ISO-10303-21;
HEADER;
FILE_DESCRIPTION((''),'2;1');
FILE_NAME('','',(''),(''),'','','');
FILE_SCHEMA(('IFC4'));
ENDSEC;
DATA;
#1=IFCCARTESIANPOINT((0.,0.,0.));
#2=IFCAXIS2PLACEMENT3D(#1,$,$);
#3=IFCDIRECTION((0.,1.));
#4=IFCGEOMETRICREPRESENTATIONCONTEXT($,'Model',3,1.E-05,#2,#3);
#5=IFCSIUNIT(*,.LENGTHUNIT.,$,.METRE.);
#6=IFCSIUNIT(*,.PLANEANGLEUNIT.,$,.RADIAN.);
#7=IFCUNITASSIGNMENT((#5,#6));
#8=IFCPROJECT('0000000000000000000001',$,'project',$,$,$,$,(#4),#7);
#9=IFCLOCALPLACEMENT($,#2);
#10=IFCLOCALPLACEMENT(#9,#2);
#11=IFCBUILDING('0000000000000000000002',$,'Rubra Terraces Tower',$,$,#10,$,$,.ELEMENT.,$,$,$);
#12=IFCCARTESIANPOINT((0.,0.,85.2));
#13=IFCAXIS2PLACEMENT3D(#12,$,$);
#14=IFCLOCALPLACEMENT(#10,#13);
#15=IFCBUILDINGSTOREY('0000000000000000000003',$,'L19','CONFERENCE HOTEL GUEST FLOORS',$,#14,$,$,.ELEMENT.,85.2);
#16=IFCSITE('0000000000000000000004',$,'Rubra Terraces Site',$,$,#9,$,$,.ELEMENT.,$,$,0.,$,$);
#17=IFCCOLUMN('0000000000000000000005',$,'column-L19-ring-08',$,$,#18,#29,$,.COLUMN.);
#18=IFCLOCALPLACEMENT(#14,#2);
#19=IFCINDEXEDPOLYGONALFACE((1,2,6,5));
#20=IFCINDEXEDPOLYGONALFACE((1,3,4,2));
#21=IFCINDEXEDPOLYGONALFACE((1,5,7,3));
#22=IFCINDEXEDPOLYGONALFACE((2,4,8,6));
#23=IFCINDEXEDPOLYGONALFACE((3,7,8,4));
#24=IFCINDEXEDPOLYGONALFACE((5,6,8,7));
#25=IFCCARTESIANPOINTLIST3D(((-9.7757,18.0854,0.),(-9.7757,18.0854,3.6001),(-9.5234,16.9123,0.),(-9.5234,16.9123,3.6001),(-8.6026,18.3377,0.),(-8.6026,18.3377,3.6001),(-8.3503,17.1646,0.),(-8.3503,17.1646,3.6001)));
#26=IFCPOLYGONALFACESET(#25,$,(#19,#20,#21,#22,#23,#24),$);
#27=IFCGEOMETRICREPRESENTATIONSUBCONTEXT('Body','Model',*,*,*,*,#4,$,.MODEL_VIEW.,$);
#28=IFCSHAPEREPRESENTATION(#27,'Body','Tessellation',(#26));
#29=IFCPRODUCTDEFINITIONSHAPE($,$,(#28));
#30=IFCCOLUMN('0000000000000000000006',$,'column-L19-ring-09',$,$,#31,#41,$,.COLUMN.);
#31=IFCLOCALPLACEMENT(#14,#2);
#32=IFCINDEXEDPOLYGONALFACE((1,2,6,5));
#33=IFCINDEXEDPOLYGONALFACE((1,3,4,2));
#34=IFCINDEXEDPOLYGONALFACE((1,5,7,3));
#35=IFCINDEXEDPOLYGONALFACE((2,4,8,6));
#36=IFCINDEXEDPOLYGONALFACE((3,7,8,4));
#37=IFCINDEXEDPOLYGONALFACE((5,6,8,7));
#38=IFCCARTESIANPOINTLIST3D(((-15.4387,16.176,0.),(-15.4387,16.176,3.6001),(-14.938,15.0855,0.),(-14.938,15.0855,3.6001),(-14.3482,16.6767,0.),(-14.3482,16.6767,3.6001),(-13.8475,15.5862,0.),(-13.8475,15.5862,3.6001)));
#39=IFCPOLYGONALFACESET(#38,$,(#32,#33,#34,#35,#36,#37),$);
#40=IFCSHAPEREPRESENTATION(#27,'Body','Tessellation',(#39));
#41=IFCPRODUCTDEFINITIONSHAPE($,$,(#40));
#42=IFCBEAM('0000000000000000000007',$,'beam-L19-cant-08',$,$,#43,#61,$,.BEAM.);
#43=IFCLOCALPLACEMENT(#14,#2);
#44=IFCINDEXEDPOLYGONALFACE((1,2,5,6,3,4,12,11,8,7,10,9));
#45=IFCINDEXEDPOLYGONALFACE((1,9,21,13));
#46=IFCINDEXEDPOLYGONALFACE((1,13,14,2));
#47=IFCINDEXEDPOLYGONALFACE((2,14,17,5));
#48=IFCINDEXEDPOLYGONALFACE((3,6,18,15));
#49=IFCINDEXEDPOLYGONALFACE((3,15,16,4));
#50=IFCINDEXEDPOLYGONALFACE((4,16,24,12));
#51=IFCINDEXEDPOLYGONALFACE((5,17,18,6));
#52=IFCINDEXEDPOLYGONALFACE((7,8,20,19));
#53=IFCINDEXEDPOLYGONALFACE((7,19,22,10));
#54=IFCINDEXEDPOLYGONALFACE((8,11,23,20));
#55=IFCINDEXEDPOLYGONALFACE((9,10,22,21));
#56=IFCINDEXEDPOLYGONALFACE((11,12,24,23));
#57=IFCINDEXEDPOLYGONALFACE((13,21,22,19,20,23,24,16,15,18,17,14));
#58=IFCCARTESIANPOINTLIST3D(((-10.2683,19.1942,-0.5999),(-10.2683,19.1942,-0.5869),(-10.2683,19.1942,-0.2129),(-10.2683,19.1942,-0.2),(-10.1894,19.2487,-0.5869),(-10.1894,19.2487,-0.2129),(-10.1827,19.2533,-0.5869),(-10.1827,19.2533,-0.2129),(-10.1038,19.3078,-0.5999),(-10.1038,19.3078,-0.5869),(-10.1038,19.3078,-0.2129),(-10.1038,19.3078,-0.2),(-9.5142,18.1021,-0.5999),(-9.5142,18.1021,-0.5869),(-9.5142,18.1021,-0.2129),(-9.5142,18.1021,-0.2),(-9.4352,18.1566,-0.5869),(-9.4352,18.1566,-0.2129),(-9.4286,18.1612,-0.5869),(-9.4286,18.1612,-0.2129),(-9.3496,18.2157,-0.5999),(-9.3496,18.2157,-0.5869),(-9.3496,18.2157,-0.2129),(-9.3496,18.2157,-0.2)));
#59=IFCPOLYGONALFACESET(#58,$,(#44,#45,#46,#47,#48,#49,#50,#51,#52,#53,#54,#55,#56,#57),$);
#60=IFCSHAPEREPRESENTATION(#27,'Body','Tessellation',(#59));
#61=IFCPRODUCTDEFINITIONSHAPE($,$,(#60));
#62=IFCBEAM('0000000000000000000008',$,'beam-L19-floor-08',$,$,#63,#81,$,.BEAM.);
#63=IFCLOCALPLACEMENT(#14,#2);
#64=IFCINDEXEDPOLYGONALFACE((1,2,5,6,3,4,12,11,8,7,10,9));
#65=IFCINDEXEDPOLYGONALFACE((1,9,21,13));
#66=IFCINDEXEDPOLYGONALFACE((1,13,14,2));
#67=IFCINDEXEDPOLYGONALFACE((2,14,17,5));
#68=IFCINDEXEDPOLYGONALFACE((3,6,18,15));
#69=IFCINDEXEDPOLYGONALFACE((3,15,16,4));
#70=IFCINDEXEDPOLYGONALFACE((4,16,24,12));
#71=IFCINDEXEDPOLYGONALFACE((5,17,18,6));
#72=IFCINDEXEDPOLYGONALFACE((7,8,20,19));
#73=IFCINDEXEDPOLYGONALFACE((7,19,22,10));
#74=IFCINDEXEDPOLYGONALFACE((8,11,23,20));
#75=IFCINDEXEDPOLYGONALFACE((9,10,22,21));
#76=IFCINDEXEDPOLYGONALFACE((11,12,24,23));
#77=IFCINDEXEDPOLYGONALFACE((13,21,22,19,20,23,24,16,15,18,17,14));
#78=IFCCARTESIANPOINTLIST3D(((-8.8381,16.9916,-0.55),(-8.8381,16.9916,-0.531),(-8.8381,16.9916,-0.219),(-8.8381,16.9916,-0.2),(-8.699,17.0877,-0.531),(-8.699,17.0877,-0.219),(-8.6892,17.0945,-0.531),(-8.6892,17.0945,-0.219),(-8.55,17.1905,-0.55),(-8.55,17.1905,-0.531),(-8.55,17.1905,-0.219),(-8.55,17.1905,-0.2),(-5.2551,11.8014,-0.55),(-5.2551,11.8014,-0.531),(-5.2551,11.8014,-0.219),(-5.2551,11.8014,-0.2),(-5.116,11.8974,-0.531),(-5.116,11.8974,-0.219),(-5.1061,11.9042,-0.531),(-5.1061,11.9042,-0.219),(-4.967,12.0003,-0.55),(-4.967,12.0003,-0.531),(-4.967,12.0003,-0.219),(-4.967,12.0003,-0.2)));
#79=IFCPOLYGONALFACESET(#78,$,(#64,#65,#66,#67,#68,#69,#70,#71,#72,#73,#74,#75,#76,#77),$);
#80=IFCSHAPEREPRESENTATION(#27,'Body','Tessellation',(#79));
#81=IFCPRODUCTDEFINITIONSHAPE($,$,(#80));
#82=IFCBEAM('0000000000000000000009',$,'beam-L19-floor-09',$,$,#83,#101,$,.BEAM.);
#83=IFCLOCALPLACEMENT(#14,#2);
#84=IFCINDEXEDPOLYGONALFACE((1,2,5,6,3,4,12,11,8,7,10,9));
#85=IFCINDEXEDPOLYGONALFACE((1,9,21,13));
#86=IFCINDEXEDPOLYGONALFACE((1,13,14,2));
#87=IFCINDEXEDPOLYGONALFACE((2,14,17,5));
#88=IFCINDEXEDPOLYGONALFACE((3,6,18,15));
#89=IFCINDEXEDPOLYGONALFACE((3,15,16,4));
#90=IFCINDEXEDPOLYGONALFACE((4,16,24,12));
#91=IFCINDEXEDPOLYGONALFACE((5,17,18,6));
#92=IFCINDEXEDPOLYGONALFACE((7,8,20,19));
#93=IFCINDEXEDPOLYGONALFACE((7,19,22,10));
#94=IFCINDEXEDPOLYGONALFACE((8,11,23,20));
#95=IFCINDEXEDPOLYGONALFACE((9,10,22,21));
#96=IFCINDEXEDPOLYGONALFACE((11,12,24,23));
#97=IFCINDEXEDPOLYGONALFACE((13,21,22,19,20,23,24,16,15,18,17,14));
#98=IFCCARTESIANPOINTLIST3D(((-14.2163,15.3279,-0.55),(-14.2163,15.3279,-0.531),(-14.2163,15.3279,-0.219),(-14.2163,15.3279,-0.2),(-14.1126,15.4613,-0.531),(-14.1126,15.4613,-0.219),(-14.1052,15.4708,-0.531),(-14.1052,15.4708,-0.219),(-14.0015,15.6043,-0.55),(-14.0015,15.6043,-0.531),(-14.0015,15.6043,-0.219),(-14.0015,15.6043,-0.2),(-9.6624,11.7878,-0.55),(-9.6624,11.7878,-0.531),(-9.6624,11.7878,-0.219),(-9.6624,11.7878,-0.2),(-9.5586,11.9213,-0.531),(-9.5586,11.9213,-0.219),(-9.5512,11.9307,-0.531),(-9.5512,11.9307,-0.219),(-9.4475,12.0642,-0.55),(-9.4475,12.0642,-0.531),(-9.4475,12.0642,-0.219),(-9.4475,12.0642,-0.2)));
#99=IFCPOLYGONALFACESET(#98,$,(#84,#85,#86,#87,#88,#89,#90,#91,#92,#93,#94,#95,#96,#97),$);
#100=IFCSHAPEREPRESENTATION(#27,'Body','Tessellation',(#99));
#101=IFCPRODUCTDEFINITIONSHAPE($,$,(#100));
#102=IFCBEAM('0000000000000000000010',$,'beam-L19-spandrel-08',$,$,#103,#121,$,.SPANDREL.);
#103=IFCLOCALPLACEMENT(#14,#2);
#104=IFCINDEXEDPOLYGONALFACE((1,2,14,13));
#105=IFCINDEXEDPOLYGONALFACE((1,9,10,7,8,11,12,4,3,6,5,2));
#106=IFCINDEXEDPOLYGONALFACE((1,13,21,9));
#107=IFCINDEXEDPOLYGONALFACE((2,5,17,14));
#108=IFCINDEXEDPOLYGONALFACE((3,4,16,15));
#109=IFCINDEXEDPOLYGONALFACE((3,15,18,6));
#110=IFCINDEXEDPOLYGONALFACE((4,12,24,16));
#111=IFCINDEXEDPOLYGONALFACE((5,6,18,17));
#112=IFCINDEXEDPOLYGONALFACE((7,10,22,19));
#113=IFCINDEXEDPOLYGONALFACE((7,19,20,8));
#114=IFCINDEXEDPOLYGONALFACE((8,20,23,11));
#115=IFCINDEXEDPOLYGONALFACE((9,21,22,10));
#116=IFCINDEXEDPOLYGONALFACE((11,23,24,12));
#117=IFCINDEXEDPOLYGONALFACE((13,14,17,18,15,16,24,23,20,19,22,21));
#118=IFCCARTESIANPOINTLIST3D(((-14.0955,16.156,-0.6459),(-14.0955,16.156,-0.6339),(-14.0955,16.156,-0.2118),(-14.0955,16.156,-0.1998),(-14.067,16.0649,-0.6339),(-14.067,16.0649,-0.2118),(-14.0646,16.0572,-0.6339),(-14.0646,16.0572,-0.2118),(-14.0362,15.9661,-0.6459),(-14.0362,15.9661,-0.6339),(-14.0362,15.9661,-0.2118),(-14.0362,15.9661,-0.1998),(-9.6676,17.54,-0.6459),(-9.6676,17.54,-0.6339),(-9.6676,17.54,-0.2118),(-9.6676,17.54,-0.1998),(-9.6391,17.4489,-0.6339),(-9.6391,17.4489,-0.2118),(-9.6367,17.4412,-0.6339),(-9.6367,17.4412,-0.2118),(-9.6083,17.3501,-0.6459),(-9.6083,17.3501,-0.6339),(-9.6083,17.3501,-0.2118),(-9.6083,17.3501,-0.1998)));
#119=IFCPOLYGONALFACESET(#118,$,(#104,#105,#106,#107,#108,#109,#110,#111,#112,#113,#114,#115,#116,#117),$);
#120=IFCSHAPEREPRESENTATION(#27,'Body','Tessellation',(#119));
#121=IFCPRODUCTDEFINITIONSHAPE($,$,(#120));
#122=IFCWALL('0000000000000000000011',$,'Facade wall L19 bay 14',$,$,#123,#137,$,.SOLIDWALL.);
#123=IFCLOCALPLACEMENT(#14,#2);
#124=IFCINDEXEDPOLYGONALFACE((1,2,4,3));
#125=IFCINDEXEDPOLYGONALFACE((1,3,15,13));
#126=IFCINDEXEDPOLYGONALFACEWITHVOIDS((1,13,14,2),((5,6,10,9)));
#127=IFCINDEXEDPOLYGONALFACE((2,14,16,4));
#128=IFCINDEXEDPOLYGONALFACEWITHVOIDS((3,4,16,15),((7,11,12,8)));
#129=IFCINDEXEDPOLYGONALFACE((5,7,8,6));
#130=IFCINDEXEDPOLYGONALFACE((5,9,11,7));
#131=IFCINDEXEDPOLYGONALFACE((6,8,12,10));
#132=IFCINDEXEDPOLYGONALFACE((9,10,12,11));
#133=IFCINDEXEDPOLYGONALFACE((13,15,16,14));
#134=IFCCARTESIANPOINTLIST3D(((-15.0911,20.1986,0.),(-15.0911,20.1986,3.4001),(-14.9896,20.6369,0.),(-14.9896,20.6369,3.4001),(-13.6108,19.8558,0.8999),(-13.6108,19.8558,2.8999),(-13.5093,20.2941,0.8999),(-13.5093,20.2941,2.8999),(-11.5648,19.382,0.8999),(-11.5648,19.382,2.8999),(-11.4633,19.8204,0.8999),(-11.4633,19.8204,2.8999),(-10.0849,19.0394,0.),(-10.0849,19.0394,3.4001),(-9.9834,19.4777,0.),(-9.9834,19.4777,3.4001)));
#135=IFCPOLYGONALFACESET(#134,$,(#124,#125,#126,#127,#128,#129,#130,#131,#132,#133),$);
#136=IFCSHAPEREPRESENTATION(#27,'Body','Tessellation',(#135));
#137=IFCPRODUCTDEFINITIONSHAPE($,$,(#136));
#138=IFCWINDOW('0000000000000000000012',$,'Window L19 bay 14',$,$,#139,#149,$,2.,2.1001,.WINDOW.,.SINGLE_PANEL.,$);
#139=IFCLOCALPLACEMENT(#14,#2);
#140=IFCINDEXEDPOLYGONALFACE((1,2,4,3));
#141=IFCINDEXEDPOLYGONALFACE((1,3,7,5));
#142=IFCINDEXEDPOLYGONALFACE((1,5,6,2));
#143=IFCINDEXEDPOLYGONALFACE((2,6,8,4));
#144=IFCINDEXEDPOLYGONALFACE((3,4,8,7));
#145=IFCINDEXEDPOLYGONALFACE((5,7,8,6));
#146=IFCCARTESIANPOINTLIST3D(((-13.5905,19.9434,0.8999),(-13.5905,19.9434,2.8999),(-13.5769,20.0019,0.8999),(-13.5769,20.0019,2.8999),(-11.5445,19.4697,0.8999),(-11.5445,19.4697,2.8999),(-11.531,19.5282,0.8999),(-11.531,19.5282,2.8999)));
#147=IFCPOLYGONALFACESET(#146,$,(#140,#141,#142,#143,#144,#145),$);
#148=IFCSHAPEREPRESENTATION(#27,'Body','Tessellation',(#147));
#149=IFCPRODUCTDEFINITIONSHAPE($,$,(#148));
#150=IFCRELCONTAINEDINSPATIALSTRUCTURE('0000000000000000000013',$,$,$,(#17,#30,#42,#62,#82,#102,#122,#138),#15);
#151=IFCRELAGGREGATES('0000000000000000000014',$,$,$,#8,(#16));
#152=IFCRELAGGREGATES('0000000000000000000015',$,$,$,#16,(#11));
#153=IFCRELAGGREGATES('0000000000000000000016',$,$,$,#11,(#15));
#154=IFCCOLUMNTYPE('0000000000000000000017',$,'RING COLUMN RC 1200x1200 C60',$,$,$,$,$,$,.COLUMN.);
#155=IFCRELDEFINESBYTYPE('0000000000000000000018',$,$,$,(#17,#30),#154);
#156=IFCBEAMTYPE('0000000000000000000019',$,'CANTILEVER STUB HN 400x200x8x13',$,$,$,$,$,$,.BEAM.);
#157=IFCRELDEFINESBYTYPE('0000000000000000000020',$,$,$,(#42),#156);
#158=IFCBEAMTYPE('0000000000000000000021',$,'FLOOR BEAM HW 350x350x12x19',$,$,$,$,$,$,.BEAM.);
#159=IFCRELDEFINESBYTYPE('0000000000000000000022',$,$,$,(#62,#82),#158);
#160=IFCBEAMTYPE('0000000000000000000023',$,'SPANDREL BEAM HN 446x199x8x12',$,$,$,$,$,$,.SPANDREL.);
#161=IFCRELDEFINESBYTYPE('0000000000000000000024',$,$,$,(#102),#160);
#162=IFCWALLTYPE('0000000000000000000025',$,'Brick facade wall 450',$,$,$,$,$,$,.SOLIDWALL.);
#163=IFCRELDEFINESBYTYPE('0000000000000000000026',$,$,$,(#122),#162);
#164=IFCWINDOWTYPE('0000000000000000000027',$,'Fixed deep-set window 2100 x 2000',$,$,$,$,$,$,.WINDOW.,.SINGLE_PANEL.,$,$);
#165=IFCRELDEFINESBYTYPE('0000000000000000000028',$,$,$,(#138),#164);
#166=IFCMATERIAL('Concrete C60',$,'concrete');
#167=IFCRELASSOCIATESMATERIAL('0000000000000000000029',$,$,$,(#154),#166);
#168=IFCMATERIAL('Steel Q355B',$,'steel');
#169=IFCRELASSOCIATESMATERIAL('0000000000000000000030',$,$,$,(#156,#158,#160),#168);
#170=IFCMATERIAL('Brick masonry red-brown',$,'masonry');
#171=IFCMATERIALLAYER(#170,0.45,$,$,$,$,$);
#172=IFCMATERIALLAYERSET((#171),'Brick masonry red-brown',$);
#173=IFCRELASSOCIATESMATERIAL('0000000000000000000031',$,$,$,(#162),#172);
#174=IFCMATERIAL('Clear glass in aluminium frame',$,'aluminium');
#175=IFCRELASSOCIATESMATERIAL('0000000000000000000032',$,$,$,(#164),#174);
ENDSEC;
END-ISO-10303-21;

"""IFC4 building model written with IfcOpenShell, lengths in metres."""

from ifc_helpers import new_model, si_unit, direction, frame, frame_2d, origin, origin_2d, place, context, subcontext, project, spatial, rectangle, i_section, extrude, material, layer, layer_set, material_profile, profile_set, type_object, element, fill, save


model = new_model("IFC4")

# Units and contexts
model_context = context("Model", 3, precision=1e-05, world=origin(), true_north=direction((0.0, 1.0)))
body_context = subcontext(model_context, "Body", "Model", "MODEL_VIEW")
ifc_project = project(units=[si_unit("LENGTHUNIT", "METRE"), si_unit("PLANEANGLEUNIT", "RADIAN")], contexts=[model_context])

# Site, building, storey
site_placement = place(None, origin())
site = spatial("IfcSite", under=ifc_project, at=site_placement, Name="Rubra Terraces Site", CompositionType="ELEMENT", RefElevation=0.0)
building_placement = place(site_placement, origin())
building = spatial("IfcBuilding", under=site, at=building_placement, Name="Rubra Terraces Tower", CompositionType="ELEMENT")
storey_placement = place(building_placement, frame((0.0, 0.0, 85.2)))
storey = spatial("IfcBuildingStorey", under=building, at=storey_placement, Name="L19", Description="CONFERENCE HOTEL GUEST FLOORS", CompositionType="ELEMENT", Elevation=85.2)

# Columns
ifc_material_1 = material(Name="Concrete C60", Category="concrete")
ifc_material_profile_1 = material_profile(ifc_material_1, rectangle(XDim=1.2, YDim=1.2, at=origin_2d()), Name="RC 1200x1200")
ifc_profile_set_1 = profile_set([ifc_material_profile_1], Name="Concrete C60")
column_type = type_object("IfcColumnType", Name="RING COLUMN RC 1200x1200 C60", PredefinedType="COLUMN", material=ifc_profile_set_1)
for number, where, z_axis, x_axis, name in (
    (1, (-9.063, 17.625, 0.0), (0.0, 0.0, 1.0), (-0.977653, -0.210227, 0.0), "column-L19-ring-08"),
    (2, (-14.6431, 15.8811, 0.0), (0.0, 0.0, 1.0), (-0.908779, -0.417279, 0.0), "column-L19-ring-09"),
):
    element("IfcColumn", number, at=place(storey_placement, frame(where, z_axis=z_axis, x_axis=x_axis)), inside=storey, type_object=column_type, Name=name, PredefinedType="COLUMN", context=body_context, shape_type="SweptSolid", body=[
        extrude(rectangle(XDim=1.2, YDim=1.2, at=origin_2d()), origin(), (0.0, 0.0, 1.0), 3.6001),
    ])

# Beams
ifc_material_2 = material(Name="Steel Q355B", Category="steel")
ifc_material_profile_2 = material_profile(ifc_material_2, i_section(OverallWidth=0.2, OverallDepth=0.3999, WebThickness=0.0081, FlangeThickness=0.0129, at=origin_2d()), Name="HN 400x200x8x13")
ifc_profile_set_2 = profile_set([ifc_material_profile_2], Name="Steel Q355B")
beam_type_1 = type_object("IfcBeamType", Name="CANTILEVER STUB HN 400x200x8x13", PredefinedType="BEAM", material=ifc_profile_set_2)
beam_1_placement = place(storey_placement, frame((-9.4319, 18.1589, -0.3999), z_axis=(-0.568253, 0.822854, 0.0), x_axis=(-0.822854, -0.568253, 0.0)))
element("IfcBeam", 3, at=beam_1_placement, inside=storey, type_object=beam_type_1, Name="beam-L19-cant-08", PredefinedType="BEAM", context=body_context, shape_type="SweptSolid", body=[
    extrude(i_section(OverallWidth=0.2, OverallDepth=0.3999, WebThickness=0.0081, FlangeThickness=0.0129, at=origin_2d()), origin(), (0.0, 0.0, 1.0), 1.3271),
])
ifc_material_profile_3 = material_profile(ifc_material_2, i_section(OverallWidth=0.3501, OverallDepth=0.3501, WebThickness=0.012, FlangeThickness=0.019, at=origin_2d()), Name="HW 350x350x12x19")
ifc_profile_set_3 = profile_set([ifc_material_profile_3], Name="Steel Q355B")
beam_type_2 = type_object("IfcBeamType", Name="FLOOR BEAM HW 350x350x12x19", PredefinedType="BEAM", material=ifc_profile_set_3)
beam_2_placement = place(storey_placement, frame((-8.6941, 17.0911, -0.375), z_axis=(0.568116, -0.822948, 0.0), x_axis=(0.822948, 0.568116, 0.0)))
element("IfcBeam", 4, at=beam_2_placement, inside=storey, type_object=beam_type_2, Name="beam-L19-floor-08", PredefinedType="BEAM", context=body_context, shape_type="SweptSolid", body=[
    extrude(i_section(OverallWidth=0.3501, OverallDepth=0.3501, WebThickness=0.012, FlangeThickness=0.019, at=origin_2d()), origin(), (0.0, 0.0, 1.0), 6.3069),
])
beam_3_placement = place(storey_placement, frame((-14.1089, 15.4661, -0.375), z_axis=(0.789514, -0.613733, 0.0), x_axis=(0.613733, 0.789514, 0.0)))
element("IfcBeam", 5, at=beam_3_placement, inside=storey, type_object=beam_type_2, Name="beam-L19-floor-09", PredefinedType="BEAM", context=body_context, shape_type="SweptSolid", body=[
    extrude(i_section(OverallWidth=0.3501, OverallDepth=0.3501, WebThickness=0.012, FlangeThickness=0.019, at=origin_2d()), origin(), (0.0, 0.0, 1.0), 5.7681),
])
ifc_material_profile_4 = material_profile(ifc_material_2, i_section(OverallWidth=0.199, OverallDepth=0.446, WebThickness=0.0081, FlangeThickness=0.012, at=origin_2d()), Name="HN 446x199x8x12")
ifc_profile_set_4 = profile_set([ifc_material_profile_4], Name="Steel Q355B")
beam_type_3 = type_object("IfcBeamType", Name="SPANDREL BEAM HN 446x199x8x12", PredefinedType="SPANDREL", material=ifc_profile_set_4)
beam_4_placement = place(storey_placement, frame((-9.6379, 17.4451, -0.4229), z_axis=(-0.954462, -0.298332, 0.0), x_axis=(0.298332, -0.954462, 0.0)))
element("IfcBeam", 6, at=beam_4_placement, inside=storey, type_object=beam_type_3, Name="beam-L19-spandrel-08", PredefinedType="SPANDREL", context=body_context, shape_type="SweptSolid", body=[
    extrude(i_section(OverallWidth=0.199, OverallDepth=0.446, WebThickness=0.0081, FlangeThickness=0.012, at=origin_2d()), origin(), (0.0, 0.0, 1.0), 4.6392),
])

# Wall, opening, window
ifc_material_3 = material(Name="Brick masonry red-brown", Category="masonry")
ifc_layer_1 = layer(ifc_material_3, 0.45)
ifc_layer_set_1 = layer_set([ifc_layer_1], Name="Brick masonry red-brown")
wall_type_1 = type_object("IfcWallType", Name="Brick facade wall 450", PredefinedType="SOLIDWALL", material=ifc_layer_set_1)
wall_1_placement = place(storey_placement, frame((-10.0342, 19.2585, 0.0), z_axis=(0.0, 0.0, 1.0), x_axis=(-0.974224, 0.225585, 0.0)))
wall_1 = element("IfcWall", 7, at=wall_1_placement, inside=storey, type_object=wall_type_1, Name="Facade wall L19 bay 14", PredefinedType="SOLIDWALL", context=body_context, shape_type="SweptSolid", body=[
    extrude(rectangle(XDim=5.1387, YDim=0.45, at=frame_2d((2.5693, 0.0))), origin(), (0.0, 0.0, 1.0), 3.4001),
])
opening_1_placement = place(wall_1_placement, frame((1.519, 0.0, 0.8999)))
opening_1 = element("IfcOpeningElement", 8, at=opening_1_placement, cuts=wall_1, PredefinedType="OPENING", context=body_context, shape_type="SweptSolid", body=[
    extrude(rectangle(XDim=2.1001, YDim=2.0, at=frame_2d((1.05, 1.0))), frame((0.0, 0.2349, 0.0), z_axis=(0.0, -1.0, 0.0), x_axis=(1.0, 0.0, 0.0)), (0.0, 0.0, 1.0), 0.47),
])
ifc_material_4 = material(Name="Clear glass in aluminium frame", Category="aluminium")
window_type = type_object("IfcWindowType", Name="Fixed deep-set window 2100 x 2000", PartitioningType="SINGLE_PANEL", PredefinedType="WINDOW", material=ifc_material_4)
window_placement = place(opening_1_placement, origin())
window = element("IfcWindow", 9, at=window_placement, inside=storey, type_object=window_type, Name="Window L19 bay 14", OverallHeight=2.0, OverallWidth=2.1001, PartitioningType="SINGLE_PANEL", PredefinedType="WINDOW", context=body_context, shape_type="SweptSolid", body=[
    extrude(rectangle(XDim=2.1001, YDim=2.0, at=frame_2d((1.05, 1.0))), frame((0.0, 0.135, 0.0), z_axis=(0.0, -1.0, 0.0), x_axis=(1.0, 0.0, 0.0)), (0.0, 0.0, 1.0), 0.0601),
])
fill(opening_1, window)

save(model, "model.ifc")
